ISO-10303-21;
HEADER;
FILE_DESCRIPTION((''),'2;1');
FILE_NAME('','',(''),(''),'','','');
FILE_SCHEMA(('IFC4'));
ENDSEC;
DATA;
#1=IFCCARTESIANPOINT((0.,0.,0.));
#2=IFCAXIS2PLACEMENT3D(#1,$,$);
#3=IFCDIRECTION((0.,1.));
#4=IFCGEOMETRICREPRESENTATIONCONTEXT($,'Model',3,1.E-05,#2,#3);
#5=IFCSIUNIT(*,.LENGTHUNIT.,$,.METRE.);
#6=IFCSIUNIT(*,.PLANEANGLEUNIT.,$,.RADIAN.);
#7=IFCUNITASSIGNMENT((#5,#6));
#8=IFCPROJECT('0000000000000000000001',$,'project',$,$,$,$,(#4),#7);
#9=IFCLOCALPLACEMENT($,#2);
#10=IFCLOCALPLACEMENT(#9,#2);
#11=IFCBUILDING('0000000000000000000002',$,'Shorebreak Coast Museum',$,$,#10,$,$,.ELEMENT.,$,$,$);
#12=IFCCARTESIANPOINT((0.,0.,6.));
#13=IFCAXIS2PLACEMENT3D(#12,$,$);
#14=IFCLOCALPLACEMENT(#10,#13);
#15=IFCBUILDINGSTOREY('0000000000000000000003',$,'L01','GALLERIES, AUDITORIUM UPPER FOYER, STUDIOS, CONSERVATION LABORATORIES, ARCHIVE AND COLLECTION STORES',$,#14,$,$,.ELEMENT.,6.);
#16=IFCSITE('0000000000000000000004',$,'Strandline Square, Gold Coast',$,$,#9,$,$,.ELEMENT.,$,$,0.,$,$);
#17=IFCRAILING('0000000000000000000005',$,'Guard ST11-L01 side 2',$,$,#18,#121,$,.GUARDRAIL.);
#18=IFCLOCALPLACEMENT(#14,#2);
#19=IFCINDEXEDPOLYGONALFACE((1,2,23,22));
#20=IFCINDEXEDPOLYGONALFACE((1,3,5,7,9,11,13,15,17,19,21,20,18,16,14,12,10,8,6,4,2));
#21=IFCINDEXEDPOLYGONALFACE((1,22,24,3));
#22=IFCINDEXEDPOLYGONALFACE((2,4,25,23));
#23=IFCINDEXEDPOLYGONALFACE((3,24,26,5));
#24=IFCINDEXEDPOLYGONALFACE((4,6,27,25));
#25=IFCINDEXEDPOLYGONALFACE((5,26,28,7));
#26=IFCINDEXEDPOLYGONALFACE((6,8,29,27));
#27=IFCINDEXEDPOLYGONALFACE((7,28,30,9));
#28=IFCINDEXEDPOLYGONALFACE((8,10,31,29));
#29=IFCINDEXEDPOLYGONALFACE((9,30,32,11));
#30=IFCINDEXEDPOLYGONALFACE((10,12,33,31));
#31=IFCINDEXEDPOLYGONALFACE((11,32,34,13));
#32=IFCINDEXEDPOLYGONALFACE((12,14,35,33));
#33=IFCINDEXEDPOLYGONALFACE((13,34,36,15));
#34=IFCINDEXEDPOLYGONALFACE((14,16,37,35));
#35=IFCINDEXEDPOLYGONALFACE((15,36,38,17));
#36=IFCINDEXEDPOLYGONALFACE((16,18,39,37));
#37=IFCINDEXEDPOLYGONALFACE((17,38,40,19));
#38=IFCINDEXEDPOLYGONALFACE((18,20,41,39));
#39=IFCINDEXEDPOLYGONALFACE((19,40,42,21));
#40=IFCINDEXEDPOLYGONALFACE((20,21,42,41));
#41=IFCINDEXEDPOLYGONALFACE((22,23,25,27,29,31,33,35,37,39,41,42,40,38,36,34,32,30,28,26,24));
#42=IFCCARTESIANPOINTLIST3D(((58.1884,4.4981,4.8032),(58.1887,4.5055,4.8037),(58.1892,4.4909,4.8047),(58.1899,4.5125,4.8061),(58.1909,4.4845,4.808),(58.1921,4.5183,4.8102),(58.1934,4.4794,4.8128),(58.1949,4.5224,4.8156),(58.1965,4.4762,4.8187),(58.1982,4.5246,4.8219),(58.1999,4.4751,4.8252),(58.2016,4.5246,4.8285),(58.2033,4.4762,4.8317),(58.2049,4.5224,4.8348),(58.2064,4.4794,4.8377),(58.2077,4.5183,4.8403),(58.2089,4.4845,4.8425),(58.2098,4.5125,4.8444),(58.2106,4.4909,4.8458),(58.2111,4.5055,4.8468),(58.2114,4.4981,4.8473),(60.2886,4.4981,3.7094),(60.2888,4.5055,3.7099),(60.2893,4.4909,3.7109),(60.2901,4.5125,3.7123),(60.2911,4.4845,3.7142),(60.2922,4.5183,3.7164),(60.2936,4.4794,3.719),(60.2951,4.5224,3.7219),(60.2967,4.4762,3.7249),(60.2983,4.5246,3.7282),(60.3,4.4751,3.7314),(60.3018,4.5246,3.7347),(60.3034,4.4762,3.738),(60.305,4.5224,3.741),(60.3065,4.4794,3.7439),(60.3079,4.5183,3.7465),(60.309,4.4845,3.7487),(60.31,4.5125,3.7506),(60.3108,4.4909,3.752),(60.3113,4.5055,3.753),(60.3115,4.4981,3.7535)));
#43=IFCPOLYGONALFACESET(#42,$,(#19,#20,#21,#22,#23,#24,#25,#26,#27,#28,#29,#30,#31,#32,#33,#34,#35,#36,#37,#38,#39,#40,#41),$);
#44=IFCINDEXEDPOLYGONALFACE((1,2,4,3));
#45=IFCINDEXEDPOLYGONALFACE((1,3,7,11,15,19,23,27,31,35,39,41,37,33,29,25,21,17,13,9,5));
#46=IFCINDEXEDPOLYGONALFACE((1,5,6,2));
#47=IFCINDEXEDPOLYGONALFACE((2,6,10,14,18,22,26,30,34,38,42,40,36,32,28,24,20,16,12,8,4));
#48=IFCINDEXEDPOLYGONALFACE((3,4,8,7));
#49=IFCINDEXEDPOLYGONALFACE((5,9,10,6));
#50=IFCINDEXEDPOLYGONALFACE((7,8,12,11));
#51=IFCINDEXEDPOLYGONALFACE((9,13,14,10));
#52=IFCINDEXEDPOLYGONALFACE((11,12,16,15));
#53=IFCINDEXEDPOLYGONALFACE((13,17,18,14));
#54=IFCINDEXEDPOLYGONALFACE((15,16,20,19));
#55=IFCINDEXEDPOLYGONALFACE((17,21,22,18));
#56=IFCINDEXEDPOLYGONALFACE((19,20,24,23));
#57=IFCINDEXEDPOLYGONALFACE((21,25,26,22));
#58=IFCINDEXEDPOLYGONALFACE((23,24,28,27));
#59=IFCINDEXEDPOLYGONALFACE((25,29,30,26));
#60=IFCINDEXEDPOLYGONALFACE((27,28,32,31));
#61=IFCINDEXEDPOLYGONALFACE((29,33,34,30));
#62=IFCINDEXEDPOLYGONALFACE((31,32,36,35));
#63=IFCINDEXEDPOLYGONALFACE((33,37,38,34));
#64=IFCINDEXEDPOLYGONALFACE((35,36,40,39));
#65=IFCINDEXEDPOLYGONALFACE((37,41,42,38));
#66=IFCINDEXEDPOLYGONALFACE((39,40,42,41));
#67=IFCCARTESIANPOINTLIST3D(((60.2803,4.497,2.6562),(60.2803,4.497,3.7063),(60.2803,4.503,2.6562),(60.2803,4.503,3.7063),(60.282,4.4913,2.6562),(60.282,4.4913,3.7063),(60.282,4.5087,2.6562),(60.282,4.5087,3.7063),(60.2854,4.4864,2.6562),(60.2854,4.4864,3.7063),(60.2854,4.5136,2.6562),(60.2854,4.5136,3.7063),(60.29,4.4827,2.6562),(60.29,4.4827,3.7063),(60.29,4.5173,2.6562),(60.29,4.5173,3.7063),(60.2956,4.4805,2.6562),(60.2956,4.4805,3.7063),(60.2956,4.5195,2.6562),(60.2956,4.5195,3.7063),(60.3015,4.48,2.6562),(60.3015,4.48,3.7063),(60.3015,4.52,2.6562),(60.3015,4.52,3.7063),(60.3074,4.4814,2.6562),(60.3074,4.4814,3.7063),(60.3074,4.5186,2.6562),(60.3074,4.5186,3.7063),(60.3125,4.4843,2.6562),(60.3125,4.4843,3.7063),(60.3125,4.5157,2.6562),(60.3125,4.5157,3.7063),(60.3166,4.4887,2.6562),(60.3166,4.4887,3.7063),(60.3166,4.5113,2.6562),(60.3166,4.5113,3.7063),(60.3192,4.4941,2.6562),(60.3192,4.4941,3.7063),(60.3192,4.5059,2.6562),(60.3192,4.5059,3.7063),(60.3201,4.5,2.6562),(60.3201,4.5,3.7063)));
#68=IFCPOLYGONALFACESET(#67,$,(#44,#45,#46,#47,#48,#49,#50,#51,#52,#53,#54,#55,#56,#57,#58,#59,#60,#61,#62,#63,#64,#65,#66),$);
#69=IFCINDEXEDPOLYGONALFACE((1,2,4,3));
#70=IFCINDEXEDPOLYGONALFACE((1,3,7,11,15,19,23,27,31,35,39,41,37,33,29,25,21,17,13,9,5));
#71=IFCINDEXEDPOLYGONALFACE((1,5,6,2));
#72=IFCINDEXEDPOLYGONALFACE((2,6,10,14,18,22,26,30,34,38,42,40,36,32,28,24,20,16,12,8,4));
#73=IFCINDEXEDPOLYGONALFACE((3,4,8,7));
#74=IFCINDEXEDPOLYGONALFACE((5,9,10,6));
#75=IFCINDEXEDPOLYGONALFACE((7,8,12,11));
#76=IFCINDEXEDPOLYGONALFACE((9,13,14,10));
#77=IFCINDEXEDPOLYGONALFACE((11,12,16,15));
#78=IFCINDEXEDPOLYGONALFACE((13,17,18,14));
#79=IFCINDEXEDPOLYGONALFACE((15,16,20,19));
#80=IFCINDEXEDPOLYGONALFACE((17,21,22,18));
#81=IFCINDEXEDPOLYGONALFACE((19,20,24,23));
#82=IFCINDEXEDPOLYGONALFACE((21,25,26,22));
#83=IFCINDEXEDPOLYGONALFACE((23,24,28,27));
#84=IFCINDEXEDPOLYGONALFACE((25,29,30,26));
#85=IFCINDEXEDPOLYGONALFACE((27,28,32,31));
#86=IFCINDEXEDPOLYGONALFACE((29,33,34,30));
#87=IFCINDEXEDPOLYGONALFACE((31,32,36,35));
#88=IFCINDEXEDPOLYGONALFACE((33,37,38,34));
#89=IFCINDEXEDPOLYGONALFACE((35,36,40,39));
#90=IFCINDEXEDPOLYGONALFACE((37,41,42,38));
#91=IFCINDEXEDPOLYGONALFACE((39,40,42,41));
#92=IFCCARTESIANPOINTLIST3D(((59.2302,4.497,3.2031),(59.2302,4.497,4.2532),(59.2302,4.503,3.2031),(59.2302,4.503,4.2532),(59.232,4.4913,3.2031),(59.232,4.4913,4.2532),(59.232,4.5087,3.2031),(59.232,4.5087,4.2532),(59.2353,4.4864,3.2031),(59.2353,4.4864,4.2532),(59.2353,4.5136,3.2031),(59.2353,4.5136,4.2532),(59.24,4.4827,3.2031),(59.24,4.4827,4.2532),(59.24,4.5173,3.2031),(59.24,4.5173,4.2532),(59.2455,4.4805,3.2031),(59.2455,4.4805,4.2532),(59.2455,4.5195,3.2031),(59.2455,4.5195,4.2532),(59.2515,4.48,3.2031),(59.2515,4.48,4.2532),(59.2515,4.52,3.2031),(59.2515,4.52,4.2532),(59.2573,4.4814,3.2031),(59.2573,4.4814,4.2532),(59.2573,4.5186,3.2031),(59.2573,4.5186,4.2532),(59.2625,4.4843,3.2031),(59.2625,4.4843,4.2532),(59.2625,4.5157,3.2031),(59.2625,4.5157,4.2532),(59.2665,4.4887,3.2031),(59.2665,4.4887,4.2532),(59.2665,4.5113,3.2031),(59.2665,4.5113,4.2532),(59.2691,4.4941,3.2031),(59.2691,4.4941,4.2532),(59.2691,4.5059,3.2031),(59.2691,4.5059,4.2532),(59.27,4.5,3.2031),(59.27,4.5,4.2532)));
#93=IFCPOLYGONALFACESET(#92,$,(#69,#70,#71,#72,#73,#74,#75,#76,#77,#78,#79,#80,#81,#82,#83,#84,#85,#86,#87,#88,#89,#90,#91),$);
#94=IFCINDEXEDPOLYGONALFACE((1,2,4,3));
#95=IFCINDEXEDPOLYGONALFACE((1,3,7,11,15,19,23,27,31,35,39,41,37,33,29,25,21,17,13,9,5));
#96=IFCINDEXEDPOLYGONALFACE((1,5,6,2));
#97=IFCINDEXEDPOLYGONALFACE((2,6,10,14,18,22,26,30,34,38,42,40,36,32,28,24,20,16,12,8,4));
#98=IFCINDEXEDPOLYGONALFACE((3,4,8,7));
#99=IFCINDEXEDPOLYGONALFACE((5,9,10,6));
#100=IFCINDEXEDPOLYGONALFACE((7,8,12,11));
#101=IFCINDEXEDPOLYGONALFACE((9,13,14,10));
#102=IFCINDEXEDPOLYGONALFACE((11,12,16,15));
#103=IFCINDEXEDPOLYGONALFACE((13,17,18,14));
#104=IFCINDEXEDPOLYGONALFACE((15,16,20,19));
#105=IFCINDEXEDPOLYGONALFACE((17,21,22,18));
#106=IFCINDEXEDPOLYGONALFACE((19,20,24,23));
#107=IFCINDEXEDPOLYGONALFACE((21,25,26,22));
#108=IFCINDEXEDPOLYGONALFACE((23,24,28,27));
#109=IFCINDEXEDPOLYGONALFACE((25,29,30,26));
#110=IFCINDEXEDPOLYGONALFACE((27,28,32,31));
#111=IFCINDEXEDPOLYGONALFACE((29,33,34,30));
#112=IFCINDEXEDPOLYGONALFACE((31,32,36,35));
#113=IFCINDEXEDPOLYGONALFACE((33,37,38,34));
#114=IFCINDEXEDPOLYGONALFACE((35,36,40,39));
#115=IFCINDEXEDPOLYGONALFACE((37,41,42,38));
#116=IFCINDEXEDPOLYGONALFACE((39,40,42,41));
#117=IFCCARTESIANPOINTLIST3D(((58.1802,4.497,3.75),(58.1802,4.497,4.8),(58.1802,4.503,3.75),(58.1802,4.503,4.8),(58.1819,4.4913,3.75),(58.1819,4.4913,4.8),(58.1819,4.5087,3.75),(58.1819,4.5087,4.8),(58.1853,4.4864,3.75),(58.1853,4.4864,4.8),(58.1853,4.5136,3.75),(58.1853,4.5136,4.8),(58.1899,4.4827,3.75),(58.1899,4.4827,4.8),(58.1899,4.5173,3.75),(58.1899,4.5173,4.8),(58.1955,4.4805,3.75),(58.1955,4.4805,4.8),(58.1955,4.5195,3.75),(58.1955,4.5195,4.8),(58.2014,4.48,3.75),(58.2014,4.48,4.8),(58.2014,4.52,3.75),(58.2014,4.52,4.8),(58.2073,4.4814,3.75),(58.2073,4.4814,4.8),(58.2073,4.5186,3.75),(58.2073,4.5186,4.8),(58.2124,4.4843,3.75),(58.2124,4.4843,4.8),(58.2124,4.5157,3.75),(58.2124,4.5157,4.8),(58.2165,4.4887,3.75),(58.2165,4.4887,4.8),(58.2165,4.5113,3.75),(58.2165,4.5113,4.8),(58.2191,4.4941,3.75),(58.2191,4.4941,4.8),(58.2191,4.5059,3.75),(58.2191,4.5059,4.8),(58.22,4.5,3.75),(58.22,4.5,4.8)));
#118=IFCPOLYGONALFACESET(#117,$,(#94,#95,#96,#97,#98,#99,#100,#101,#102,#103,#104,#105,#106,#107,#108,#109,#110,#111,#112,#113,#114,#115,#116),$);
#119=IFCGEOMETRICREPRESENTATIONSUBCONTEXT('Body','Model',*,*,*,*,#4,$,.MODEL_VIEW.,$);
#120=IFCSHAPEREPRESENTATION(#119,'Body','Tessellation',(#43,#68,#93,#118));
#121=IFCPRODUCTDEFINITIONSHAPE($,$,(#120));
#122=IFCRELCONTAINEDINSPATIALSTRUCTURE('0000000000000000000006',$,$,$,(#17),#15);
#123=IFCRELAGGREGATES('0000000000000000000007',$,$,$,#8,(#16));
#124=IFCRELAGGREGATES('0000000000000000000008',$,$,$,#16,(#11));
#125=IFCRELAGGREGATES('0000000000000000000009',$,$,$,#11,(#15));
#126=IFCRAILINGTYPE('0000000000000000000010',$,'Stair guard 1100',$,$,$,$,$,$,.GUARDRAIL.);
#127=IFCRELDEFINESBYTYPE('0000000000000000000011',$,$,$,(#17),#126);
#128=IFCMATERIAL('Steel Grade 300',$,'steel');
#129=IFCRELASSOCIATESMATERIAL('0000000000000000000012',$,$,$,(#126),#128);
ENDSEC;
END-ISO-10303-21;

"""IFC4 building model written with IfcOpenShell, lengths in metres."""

from ifc_helpers import new_model, si_unit, direction, frame, origin, origin_2d, place, context, subcontext, project, spatial, circle, extrude, material, type_object, element, save


model = new_model("IFC4")

# Units and contexts
model_context = context("Model", 3, precision=1e-05, world=origin(), true_north=direction((0.0, 1.0)))
body_context = subcontext(model_context, "Body", "Model", "MODEL_VIEW")
ifc_project = project(units=[si_unit("LENGTHUNIT", "METRE"), si_unit("PLANEANGLEUNIT", "RADIAN")], contexts=[model_context])

# Site, building, storey
site_placement = place(None, origin())
site = spatial("IfcSite", under=ifc_project, at=site_placement, Name="Strandline Square, Gold Coast", CompositionType="ELEMENT", RefElevation=0.0)
building_placement = place(site_placement, origin())
building = spatial("IfcBuilding", under=site, at=building_placement, Name="Shorebreak Coast Museum", CompositionType="ELEMENT")
storey_placement = place(building_placement, frame((0.0, 0.0, 6.0)))
storey = spatial("IfcBuildingStorey", under=building, at=storey_placement, Name="L01", Description="GALLERIES, AUDITORIUM UPPER FOYER, STUDIOS, CONSERVATION LABORATORIES, ARCHIVE AND COLLECTION STORES", CompositionType="ELEMENT", Elevation=6.0)

# Railing
ifc_material_1 = material(Name="Steel Grade 300", Category="steel")
railing_type_1 = type_object("IfcRailingType", Name="Stair guard 1100", PredefinedType="GUARDRAIL", material=ifc_material_1)
railing_1_placement = place(storey_placement, frame((60.3, 4.5, 2.6562)))
element("IfcRailing", 1, at=railing_1_placement, inside=storey, type_object=railing_type_1, Name="Guard ST11-L01 side 2", PredefinedType="GUARDRAIL", context=body_context, shape_type="SweptSolid", body=[
    extrude(circle(Radius=0.0249, at=origin_2d()), frame((0.0, 0.0, 1.0752), z_axis=(-0.886923, 0.0, 0.461918), x_axis=(0.0, -1.0, 0.0)), (0.0, 0.0, 1.0), 2.3679),
    extrude(circle(Radius=0.02, at=origin_2d()), origin(), (0.0, 0.0, 1.0), 1.05),
    extrude(circle(Radius=0.02, at=origin_2d()), frame((-1.05, 0.0, 0.5469)), (0.0, 0.0, 1.0), 1.05),
    extrude(circle(Radius=0.02, at=origin_2d()), frame((-2.1001, 0.0, 1.0938)), (0.0, 0.0, 1.0), 1.05),
])

save(model, "model.ifc")
